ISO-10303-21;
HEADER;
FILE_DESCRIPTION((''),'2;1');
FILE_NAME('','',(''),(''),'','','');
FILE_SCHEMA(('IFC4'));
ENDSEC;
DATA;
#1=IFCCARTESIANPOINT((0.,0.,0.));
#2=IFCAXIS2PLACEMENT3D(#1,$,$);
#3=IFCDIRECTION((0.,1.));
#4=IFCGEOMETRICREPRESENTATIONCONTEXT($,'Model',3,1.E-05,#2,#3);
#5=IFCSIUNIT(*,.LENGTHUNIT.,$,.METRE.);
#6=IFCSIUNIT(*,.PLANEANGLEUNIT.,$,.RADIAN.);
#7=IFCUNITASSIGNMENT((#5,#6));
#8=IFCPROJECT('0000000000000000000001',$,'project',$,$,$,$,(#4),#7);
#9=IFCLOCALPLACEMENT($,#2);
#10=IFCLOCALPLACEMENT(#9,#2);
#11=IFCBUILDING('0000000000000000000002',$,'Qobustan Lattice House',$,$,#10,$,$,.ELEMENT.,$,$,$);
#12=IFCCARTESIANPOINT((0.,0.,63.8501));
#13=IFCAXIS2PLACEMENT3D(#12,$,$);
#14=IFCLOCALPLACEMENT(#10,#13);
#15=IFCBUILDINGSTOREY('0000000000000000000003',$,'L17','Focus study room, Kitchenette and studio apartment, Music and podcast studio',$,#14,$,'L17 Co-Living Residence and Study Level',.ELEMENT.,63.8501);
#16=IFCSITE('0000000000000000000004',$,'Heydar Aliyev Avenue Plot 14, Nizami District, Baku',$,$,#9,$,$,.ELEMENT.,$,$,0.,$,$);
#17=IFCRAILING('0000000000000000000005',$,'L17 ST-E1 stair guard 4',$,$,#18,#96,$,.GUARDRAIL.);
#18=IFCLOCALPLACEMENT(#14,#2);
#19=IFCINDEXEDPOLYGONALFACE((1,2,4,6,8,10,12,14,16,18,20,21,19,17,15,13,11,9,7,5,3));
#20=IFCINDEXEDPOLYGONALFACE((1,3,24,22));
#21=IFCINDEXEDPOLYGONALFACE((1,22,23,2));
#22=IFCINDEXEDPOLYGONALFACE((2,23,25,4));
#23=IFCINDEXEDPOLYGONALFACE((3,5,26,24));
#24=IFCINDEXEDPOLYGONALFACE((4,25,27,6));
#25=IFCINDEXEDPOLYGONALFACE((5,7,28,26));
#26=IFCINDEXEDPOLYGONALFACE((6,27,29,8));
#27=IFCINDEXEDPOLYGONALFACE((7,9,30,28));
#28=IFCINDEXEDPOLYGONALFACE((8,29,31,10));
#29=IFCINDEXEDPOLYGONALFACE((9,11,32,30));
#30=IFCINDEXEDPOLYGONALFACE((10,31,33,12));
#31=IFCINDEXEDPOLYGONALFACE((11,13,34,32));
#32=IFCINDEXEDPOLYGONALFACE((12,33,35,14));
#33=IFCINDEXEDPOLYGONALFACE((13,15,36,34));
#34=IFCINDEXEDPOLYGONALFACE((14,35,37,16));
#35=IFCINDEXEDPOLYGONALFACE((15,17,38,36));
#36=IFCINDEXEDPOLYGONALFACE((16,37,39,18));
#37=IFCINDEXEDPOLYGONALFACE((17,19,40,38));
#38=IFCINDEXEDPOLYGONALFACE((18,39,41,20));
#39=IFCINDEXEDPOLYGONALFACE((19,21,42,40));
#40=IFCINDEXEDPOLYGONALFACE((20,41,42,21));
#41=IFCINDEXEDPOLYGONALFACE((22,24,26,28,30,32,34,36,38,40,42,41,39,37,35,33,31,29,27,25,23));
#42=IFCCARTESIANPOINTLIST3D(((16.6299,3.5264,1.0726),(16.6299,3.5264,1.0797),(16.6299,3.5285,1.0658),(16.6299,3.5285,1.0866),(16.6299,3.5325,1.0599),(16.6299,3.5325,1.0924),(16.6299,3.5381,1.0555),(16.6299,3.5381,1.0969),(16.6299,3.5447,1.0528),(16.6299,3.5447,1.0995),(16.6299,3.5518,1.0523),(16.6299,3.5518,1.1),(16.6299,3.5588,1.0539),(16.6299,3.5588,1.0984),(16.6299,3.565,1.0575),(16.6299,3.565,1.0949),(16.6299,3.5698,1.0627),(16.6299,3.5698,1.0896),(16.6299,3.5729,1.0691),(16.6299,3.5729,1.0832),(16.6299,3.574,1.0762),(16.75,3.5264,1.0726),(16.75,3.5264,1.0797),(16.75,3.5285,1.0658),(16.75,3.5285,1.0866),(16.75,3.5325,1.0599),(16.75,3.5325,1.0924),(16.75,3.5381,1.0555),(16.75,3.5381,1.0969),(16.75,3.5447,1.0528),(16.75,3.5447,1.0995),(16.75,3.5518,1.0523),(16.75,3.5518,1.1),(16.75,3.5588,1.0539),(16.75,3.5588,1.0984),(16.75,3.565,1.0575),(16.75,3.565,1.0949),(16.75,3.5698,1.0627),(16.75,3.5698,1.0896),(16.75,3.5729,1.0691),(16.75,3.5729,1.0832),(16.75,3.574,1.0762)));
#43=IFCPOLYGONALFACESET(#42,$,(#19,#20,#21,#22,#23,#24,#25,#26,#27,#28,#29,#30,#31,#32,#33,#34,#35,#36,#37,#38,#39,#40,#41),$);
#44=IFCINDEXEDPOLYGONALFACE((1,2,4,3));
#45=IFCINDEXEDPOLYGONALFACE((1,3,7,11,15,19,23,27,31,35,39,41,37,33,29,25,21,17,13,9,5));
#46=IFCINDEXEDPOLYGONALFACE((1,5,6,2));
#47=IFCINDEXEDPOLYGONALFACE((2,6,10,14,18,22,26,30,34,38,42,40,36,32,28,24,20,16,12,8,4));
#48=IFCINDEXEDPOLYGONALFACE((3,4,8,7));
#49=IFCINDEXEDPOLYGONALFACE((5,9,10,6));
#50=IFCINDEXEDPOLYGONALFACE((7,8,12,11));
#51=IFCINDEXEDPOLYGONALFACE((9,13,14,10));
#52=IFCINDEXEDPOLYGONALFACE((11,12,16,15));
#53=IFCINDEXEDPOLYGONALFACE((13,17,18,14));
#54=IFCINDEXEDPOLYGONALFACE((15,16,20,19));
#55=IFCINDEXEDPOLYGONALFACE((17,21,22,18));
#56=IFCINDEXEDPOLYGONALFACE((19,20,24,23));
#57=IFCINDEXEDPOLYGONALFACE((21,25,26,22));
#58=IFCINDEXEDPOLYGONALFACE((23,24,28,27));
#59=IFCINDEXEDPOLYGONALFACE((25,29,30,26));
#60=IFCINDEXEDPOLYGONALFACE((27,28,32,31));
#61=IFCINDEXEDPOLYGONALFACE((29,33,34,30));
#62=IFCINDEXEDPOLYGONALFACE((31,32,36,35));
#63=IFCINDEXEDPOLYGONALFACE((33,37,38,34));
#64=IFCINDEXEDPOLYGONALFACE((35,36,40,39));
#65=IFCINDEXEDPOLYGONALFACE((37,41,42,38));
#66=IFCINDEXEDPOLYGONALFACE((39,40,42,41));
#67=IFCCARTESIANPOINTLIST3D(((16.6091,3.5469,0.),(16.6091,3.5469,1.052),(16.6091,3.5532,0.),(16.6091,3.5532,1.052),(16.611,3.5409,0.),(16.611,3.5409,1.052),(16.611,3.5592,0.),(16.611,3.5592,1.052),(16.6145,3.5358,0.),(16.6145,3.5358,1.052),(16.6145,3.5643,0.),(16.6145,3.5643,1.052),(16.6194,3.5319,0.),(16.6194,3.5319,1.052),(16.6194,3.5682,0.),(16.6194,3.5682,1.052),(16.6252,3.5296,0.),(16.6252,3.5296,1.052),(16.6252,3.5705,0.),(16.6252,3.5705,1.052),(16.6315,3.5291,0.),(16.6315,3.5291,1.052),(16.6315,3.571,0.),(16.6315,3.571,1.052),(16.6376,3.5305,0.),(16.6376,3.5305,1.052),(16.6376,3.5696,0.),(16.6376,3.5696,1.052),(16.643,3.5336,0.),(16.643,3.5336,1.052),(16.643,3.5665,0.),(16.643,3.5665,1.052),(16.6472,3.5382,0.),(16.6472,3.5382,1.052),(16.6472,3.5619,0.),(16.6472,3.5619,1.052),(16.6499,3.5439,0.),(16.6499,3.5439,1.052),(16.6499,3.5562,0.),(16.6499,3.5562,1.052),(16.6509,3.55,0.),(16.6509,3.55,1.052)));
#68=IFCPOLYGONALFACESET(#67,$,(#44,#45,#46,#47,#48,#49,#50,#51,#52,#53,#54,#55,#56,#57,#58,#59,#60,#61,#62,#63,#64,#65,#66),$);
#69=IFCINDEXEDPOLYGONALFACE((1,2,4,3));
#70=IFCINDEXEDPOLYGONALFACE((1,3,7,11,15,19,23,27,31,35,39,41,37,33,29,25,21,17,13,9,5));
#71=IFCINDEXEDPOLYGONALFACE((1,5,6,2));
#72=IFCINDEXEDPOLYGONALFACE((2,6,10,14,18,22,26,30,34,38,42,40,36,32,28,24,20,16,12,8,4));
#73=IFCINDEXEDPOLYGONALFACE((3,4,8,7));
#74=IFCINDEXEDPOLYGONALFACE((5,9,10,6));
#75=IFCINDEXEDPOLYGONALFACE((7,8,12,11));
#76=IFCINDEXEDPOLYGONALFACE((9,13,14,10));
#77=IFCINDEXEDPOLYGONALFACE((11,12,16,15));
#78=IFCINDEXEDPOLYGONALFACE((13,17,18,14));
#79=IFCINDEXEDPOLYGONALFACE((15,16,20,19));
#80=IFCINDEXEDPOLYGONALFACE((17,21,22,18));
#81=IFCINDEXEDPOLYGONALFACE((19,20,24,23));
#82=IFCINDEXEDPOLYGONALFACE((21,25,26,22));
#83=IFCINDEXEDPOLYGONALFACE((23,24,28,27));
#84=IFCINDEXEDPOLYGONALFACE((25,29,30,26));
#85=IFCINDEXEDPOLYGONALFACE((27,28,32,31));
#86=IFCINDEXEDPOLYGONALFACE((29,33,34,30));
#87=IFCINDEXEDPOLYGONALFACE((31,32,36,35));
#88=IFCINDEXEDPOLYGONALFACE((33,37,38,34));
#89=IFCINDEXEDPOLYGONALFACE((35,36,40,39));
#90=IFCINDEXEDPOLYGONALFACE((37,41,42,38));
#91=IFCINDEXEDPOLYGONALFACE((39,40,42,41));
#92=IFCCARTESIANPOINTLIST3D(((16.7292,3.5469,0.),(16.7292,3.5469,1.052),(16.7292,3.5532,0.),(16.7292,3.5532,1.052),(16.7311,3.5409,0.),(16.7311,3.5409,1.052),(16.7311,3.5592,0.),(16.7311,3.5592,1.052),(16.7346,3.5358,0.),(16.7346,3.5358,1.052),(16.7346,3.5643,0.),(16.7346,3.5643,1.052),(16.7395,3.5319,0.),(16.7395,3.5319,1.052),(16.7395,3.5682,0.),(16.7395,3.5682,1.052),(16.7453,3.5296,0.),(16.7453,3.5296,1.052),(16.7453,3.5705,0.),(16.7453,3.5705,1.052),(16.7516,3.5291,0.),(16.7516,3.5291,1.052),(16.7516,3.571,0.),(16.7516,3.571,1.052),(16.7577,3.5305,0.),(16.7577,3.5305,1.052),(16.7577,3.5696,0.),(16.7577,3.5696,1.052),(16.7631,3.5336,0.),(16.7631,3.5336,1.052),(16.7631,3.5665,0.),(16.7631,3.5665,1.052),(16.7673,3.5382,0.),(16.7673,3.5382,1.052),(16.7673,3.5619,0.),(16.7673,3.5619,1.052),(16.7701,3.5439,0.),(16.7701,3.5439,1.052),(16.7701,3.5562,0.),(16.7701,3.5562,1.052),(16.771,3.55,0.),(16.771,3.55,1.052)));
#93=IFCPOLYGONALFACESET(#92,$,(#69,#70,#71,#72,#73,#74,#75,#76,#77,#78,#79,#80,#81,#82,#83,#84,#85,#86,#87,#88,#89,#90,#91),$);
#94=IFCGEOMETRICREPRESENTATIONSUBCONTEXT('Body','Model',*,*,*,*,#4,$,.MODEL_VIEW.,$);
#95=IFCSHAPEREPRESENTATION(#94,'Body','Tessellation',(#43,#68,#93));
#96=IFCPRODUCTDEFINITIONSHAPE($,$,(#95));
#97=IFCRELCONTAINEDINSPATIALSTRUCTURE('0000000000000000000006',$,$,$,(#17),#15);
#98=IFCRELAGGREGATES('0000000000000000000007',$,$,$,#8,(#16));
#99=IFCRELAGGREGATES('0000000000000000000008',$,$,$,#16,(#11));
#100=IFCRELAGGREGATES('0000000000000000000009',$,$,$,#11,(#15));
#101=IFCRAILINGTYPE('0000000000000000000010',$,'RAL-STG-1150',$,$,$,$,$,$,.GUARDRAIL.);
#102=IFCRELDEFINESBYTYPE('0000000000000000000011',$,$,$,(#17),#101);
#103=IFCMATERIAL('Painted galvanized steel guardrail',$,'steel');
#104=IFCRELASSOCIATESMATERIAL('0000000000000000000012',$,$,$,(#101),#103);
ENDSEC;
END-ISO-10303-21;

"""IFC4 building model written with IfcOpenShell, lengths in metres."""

from ifc_helpers import new_model, si_unit, direction, frame, origin, origin_2d, place, context, subcontext, project, spatial, circle, extrude, material, type_object, element, save


model = new_model("IFC4")

# Units and contexts
model_context = context("Model", 3, precision=1e-05, world=origin(), true_north=direction((0.0, 1.0)))
body_context = subcontext(model_context, "Body", "Model", "MODEL_VIEW")
ifc_project = project(units=[si_unit("LENGTHUNIT", "METRE"), si_unit("PLANEANGLEUNIT", "RADIAN")], contexts=[model_context])

# Site, building, storey
site_placement = place(None, origin())
site = spatial("IfcSite", under=ifc_project, at=site_placement, Name="Heydar Aliyev Avenue Plot 14, Nizami District, Baku", CompositionType="ELEMENT", RefElevation=0.0)
building_placement = place(site_placement, origin())
building = spatial("IfcBuilding", under=site, at=building_placement, Name="Qobustan Lattice House", CompositionType="ELEMENT")
storey_placement = place(building_placement, frame((0.0, 0.0, 63.8501)))
storey = spatial("IfcBuildingStorey", under=building, at=storey_placement, Name="L17", Description="Focus study room, Kitchenette and studio apartment, Music and podcast studio", LongName="L17 Co-Living Residence and Study Level", CompositionType="ELEMENT", Elevation=63.8501)

# Railing
ifc_material_1 = material(Name="Painted galvanized steel guardrail", Category="steel")
railing_type_1 = type_object("IfcRailingType", Name="RAL-STG-1150", PredefinedType="GUARDRAIL", material=ifc_material_1)
railing_1_placement = place(storey_placement, frame((16.6299, 3.55, 0.0)))
element("IfcRailing", 1, at=railing_1_placement, inside=storey, type_object=railing_type_1, Name="L17 ST-E1 stair guard 4", PredefinedType="GUARDRAIL", context=body_context, shape_type="SweptSolid", body=[
    extrude(circle(Radius=0.0239, at=origin_2d()), frame((0.0, 0.0, 1.0762), z_axis=(1.0, 0.0, 0.0), x_axis=(0.0, 1.0, 0.0)), (0.0, 0.0, 1.0), 0.1201),
    extrude(circle(Radius=0.021, at=origin_2d()), origin(), (0.0, 0.0, 1.0), 1.052),
    extrude(circle(Radius=0.021, at=origin_2d()), frame((0.1201, 0.0, 0.0)), (0.0, 0.0, 1.0), 1.052),
])

save(model, "model.ifc")
